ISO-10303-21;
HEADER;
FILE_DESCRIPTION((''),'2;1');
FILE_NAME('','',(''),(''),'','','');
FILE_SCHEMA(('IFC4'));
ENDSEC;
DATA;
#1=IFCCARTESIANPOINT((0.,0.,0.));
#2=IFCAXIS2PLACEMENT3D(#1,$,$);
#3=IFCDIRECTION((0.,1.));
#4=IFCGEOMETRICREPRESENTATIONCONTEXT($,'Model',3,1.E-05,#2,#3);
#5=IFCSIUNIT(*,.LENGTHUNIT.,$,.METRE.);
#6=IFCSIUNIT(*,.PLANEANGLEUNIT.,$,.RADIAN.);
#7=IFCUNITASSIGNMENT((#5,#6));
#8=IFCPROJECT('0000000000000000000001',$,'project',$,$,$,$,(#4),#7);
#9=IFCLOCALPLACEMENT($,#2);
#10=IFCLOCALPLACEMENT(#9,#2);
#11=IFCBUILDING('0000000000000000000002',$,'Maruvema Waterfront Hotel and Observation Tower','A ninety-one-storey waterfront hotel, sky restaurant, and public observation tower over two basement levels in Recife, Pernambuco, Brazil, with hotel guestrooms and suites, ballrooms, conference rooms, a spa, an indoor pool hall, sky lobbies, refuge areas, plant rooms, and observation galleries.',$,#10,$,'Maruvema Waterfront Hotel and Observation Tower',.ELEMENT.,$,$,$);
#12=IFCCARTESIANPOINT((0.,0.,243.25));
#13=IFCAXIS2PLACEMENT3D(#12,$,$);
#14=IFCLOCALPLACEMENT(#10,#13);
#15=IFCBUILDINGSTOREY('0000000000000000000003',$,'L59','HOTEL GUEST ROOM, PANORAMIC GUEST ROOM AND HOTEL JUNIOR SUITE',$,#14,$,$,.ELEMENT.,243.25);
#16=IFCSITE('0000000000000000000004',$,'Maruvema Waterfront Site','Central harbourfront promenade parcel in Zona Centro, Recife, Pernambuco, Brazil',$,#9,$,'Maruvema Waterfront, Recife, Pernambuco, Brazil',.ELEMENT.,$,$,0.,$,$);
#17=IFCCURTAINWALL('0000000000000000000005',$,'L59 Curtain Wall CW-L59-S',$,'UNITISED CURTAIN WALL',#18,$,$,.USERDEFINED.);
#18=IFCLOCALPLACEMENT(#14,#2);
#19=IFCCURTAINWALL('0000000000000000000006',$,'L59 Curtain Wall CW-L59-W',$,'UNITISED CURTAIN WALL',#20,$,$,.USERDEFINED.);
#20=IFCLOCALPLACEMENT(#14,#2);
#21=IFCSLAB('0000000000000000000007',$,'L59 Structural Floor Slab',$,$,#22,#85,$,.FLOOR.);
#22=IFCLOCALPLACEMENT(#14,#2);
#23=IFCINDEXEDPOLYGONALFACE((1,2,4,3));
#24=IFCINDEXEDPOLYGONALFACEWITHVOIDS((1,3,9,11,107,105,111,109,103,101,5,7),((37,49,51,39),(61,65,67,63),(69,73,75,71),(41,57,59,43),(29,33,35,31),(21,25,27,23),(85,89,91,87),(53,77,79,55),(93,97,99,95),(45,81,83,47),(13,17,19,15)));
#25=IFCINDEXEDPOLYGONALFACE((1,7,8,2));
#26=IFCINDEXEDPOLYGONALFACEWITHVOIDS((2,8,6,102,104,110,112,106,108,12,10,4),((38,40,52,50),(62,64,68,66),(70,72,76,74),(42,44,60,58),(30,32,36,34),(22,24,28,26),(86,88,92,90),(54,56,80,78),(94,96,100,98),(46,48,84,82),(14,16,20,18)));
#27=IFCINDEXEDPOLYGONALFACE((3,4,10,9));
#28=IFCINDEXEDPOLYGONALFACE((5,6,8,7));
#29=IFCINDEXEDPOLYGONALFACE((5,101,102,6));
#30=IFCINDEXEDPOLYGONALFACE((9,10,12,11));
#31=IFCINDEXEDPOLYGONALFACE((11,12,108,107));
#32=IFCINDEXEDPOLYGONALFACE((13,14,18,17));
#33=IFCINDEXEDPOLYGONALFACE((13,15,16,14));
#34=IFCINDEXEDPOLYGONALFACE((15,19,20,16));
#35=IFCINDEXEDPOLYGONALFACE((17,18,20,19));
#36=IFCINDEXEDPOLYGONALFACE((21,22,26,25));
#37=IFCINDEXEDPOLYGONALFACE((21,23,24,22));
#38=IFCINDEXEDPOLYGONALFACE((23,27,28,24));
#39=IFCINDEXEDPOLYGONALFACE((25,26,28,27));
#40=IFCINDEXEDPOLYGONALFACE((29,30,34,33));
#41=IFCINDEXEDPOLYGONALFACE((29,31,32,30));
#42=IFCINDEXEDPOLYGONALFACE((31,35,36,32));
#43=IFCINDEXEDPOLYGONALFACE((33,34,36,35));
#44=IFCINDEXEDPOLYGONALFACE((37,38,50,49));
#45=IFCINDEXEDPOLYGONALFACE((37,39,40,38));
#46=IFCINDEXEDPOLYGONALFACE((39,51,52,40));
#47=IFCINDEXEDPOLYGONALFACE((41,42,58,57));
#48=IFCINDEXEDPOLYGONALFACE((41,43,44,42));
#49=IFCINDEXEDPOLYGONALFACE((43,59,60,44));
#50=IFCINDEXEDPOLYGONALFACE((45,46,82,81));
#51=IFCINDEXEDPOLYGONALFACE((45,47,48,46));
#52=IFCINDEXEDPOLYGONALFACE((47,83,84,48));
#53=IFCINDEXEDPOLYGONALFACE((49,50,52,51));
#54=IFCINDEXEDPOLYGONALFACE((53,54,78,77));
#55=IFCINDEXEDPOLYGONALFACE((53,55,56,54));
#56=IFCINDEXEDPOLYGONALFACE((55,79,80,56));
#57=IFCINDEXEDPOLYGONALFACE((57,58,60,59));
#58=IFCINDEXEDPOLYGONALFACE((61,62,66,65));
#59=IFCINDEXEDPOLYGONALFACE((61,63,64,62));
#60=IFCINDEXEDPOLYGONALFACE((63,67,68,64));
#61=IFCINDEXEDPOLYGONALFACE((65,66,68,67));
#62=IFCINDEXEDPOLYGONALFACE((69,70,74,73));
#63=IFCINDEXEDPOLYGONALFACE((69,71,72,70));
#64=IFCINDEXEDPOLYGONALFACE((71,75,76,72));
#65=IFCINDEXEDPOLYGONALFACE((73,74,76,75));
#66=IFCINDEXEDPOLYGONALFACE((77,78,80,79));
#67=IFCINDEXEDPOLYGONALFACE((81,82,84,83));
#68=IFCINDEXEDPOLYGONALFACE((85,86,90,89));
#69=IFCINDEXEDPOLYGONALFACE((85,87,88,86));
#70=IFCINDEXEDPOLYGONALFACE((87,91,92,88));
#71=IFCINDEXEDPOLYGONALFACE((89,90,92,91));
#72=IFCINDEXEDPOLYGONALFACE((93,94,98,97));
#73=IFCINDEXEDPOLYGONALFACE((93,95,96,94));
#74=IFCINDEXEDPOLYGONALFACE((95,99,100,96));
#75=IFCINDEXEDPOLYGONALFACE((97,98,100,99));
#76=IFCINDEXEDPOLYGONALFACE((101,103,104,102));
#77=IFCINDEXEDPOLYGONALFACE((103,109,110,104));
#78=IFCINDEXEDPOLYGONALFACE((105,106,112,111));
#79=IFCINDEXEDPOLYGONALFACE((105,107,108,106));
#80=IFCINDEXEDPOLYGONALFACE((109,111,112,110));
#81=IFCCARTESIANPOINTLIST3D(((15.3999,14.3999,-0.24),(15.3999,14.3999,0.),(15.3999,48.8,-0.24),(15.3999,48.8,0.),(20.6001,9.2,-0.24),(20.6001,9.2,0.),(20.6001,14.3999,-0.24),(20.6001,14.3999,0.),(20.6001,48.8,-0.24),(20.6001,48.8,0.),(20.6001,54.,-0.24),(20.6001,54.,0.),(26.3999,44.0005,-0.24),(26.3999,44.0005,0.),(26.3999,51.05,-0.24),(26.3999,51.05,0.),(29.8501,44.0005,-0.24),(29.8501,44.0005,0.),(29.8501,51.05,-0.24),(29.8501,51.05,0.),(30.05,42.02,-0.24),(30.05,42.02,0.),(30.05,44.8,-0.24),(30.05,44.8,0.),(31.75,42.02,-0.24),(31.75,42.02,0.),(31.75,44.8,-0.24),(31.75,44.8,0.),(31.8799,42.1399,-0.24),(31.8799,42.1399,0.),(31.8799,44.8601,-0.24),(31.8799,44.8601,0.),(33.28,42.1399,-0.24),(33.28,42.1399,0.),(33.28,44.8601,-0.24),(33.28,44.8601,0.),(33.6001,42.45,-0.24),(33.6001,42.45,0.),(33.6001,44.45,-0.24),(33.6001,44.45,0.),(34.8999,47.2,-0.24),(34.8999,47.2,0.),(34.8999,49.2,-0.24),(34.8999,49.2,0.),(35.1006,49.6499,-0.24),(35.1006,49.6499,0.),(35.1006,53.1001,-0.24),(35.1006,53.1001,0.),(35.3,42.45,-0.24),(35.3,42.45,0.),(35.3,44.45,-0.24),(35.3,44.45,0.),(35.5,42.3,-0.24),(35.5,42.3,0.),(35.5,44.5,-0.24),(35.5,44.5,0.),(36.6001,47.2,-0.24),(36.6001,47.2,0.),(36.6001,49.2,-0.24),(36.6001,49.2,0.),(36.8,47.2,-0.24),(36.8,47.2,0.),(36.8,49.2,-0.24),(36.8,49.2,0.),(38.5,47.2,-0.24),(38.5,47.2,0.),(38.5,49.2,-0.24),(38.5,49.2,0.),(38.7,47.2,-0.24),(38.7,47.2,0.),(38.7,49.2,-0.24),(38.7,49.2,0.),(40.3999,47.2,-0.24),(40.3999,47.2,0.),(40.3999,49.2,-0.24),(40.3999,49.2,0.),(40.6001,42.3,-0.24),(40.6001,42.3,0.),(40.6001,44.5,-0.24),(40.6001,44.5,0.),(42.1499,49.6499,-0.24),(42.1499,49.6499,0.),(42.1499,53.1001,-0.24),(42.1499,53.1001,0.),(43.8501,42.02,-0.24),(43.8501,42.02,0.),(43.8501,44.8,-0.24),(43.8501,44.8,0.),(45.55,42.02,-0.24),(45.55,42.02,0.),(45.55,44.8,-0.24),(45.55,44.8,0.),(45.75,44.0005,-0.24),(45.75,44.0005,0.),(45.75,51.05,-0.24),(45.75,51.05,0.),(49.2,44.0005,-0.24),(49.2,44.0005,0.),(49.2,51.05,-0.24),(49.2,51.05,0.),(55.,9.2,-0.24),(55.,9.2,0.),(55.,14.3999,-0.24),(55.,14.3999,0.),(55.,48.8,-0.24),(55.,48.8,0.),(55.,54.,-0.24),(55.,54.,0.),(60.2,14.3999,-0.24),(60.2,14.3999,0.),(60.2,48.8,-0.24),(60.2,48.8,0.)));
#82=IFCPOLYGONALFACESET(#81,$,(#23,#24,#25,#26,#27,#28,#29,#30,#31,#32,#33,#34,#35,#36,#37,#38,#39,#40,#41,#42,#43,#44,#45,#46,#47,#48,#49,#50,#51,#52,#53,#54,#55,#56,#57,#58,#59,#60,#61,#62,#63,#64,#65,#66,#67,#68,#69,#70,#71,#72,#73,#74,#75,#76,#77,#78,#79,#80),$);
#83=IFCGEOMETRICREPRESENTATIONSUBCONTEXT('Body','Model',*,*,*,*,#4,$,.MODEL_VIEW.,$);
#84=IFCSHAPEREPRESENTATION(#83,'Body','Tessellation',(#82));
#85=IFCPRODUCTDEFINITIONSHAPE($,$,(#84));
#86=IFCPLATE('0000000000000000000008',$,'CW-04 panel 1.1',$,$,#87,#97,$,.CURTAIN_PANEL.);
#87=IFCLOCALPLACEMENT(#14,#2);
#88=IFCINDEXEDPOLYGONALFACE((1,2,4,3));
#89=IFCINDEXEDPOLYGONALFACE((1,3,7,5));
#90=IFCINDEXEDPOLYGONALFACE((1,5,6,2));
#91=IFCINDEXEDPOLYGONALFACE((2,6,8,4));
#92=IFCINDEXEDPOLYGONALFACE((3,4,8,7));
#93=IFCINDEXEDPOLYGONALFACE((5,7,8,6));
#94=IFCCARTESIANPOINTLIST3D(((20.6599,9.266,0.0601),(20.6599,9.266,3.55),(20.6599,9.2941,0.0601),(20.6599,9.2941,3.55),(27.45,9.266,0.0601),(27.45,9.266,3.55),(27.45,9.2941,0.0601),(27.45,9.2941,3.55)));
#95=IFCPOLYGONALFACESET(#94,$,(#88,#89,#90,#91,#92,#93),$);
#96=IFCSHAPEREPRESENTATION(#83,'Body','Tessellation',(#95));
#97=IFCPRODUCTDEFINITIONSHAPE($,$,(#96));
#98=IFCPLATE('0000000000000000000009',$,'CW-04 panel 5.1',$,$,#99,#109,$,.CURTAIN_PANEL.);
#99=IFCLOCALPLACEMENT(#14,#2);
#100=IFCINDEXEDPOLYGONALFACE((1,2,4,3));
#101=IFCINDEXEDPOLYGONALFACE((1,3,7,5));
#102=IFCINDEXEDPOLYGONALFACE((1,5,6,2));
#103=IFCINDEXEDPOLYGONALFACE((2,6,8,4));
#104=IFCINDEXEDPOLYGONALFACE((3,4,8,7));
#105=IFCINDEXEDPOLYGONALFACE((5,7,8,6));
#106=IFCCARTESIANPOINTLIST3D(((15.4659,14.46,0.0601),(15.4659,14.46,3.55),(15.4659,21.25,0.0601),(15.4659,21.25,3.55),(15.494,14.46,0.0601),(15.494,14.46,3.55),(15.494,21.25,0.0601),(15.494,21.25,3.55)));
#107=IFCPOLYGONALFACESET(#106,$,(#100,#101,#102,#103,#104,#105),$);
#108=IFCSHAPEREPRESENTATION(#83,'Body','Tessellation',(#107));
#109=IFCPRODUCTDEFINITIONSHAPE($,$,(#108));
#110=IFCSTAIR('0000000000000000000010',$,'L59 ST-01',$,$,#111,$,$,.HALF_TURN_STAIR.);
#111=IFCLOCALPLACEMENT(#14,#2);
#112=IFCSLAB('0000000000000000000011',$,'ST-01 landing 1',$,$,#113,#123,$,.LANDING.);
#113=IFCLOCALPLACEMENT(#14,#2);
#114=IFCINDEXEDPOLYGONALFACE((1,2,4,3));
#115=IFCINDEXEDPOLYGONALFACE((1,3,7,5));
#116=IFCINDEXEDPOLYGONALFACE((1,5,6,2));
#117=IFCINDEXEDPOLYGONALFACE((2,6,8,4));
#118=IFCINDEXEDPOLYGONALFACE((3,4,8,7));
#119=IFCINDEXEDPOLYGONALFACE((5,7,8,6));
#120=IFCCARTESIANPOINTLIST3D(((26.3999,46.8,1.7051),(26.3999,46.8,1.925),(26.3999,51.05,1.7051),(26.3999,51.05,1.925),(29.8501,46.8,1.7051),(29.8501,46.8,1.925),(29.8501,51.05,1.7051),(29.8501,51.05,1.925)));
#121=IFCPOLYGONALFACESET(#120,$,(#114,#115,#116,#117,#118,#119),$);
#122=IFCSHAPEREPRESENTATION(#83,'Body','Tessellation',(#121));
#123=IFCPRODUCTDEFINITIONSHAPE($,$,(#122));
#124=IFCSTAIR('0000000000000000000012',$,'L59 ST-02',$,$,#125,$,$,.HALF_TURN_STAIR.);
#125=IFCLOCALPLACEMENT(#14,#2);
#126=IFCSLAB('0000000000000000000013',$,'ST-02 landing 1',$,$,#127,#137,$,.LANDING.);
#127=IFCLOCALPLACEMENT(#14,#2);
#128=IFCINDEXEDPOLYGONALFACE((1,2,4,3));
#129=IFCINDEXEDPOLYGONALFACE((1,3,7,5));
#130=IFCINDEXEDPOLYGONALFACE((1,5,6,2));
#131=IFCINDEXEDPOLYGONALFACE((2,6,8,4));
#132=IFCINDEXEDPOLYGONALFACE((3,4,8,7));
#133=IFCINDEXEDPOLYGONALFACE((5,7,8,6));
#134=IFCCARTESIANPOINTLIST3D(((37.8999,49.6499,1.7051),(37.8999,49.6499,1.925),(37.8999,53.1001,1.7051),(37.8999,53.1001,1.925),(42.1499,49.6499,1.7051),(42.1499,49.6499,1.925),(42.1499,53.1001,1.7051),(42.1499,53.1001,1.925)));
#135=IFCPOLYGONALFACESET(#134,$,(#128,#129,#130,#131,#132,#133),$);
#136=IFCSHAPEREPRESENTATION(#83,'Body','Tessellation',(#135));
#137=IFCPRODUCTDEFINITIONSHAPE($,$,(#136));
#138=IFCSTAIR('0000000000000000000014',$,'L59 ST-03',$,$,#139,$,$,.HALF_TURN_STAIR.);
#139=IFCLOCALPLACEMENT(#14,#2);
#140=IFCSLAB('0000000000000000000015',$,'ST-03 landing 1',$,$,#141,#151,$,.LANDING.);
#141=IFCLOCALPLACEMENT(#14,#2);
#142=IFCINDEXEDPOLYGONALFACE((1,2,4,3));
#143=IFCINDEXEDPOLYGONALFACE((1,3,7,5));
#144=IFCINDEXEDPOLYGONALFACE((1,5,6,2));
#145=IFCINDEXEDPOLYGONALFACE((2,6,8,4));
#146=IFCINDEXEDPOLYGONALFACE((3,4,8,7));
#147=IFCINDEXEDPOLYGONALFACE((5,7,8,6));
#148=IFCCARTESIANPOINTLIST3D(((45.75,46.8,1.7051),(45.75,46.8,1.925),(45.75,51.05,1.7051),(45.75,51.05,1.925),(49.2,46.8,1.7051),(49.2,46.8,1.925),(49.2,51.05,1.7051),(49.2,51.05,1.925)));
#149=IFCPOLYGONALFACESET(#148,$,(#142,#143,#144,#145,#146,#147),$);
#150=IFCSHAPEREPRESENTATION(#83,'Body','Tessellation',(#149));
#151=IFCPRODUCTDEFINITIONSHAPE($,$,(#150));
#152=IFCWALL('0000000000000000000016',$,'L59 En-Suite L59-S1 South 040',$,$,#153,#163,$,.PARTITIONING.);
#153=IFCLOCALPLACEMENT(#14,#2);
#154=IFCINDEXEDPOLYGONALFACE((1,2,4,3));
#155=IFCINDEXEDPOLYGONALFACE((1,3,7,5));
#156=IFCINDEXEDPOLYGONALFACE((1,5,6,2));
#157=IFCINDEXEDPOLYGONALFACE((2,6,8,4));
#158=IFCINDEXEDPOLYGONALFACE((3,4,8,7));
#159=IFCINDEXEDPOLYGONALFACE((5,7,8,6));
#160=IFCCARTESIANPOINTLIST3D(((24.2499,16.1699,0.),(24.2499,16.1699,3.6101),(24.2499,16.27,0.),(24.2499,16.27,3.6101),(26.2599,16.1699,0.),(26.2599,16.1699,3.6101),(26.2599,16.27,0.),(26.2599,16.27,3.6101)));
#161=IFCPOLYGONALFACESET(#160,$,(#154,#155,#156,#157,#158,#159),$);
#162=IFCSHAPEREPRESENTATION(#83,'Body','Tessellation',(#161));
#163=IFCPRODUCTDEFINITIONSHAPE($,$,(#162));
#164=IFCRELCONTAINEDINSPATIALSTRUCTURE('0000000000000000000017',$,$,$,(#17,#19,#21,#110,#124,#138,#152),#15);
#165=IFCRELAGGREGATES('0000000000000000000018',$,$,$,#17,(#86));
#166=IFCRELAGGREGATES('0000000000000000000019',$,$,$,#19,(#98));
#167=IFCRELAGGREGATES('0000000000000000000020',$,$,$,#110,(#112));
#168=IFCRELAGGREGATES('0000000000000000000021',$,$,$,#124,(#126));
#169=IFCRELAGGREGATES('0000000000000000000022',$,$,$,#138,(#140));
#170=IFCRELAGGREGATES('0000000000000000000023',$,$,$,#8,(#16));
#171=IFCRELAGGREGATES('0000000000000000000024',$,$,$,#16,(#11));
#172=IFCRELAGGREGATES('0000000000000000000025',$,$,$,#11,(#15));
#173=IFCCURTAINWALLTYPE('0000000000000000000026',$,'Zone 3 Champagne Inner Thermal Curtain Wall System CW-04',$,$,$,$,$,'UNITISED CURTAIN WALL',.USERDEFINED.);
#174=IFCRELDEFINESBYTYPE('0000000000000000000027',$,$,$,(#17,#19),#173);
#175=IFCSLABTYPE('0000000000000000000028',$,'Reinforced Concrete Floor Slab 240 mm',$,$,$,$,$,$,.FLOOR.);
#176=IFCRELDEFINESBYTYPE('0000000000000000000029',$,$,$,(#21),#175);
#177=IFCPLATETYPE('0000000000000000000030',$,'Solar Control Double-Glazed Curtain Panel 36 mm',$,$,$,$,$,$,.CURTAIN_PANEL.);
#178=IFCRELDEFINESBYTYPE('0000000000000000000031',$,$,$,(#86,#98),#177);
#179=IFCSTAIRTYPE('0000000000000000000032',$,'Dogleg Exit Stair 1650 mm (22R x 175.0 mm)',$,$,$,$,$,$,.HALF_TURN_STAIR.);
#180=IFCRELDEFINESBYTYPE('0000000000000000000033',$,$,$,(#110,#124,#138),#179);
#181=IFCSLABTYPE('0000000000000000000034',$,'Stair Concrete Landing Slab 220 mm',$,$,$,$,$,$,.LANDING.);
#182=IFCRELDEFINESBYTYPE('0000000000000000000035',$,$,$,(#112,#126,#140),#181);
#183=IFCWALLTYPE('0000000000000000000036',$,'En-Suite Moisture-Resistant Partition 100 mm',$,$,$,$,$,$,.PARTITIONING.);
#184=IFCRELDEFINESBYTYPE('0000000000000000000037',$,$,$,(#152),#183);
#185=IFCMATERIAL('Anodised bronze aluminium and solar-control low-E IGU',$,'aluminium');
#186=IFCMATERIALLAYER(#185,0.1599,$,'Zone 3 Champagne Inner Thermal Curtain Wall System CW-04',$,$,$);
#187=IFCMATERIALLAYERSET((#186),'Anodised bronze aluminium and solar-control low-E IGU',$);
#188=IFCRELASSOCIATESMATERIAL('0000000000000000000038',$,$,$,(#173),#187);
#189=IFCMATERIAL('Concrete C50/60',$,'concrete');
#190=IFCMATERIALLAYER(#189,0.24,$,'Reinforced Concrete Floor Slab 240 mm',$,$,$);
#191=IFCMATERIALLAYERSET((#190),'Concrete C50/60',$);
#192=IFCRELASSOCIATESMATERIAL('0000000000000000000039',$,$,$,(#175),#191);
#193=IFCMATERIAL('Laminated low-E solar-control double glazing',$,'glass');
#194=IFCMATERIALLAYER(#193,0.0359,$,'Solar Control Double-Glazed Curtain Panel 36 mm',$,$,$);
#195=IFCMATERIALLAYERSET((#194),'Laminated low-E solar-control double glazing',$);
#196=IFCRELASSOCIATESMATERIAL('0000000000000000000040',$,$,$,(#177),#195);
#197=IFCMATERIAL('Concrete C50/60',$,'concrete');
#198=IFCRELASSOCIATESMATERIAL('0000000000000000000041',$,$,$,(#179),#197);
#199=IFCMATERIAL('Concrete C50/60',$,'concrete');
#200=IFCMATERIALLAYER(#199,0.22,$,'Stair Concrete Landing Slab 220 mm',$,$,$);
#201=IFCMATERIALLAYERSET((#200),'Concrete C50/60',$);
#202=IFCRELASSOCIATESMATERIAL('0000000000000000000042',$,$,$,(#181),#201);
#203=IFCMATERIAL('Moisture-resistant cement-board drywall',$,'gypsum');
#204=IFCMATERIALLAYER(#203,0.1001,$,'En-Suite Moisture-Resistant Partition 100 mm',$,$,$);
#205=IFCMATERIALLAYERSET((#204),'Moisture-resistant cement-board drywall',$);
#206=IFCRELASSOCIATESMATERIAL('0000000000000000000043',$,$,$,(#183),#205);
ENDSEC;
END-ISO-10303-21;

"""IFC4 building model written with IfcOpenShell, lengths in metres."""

from ifc_helpers import new_model, si_unit, direction, frame, frame_2d, origin, origin_2d, place, context, subcontext, project, spatial, polyline, rectangle, outline, extrude, material, layer, layer_set, type_object, element, aggregate, save


model = new_model("IFC4")

# Units and contexts
model_context = context("Model", 3, precision=1e-05, world=origin(), true_north=direction((0.0, 1.0)))
body_context = subcontext(model_context, "Body", "Model", "MODEL_VIEW")
ifc_project = project(units=[si_unit("LENGTHUNIT", "METRE"), si_unit("PLANEANGLEUNIT", "RADIAN")], contexts=[model_context])

# Site, building, storey
site_placement = place(None, origin())
site = spatial("IfcSite", under=ifc_project, at=site_placement, Name="Maruvema Waterfront Site", Description="Central harbourfront promenade parcel in Zona Centro, Recife, Pernambuco, Brazil", LongName="Maruvema Waterfront, Recife, Pernambuco, Brazil", CompositionType="ELEMENT", RefElevation=0.0)
building_placement = place(site_placement, origin())
building = spatial("IfcBuilding", under=site, at=building_placement, Name="Maruvema Waterfront Hotel and Observation Tower", Description="A ninety-one-storey waterfront hotel, sky restaurant, and public observation tower over two basement levels in Recife, Pernambuco, Brazil, with hotel guestrooms and suites, ballrooms, conference rooms, a spa, an indoor pool hall, sky lobbies, refuge areas, plant rooms, and observation galleries.", LongName="Maruvema Waterfront Hotel and Observation Tower", CompositionType="ELEMENT")
storey_placement = place(building_placement, frame((0.0, 0.0, 243.25)))
storey = spatial("IfcBuildingStorey", under=building, at=storey_placement, Name="L59", Description="HOTEL GUEST ROOM, PANORAMIC GUEST ROOM AND HOTEL JUNIOR SUITE", CompositionType="ELEMENT", Elevation=243.25)

# Curtain wall
ifc_material_1 = material(Name="Anodised bronze aluminium and solar-control low-E IGU", Category="aluminium")
ifc_layer_1 = layer(ifc_material_1, 0.1599, Name="Zone 3 Champagne Inner Thermal Curtain Wall System CW-04")
ifc_layer_set_1 = layer_set([ifc_layer_1], Name="Anodised bronze aluminium and solar-control low-E IGU")
curtain_wall_type = type_object("IfcCurtainWallType", Name="Zone 3 Champagne Inner Thermal Curtain Wall System CW-04", ElementType="UNITISED CURTAIN WALL", PredefinedType="USERDEFINED", material=ifc_layer_set_1)
curtain_wall_1_placement = place(storey_placement, origin())
curtain_wall_1 = element("IfcCurtainWall", 1, at=curtain_wall_1_placement, inside=storey, type_object=curtain_wall_type, Name="L59 Curtain Wall CW-L59-S", ObjectType="UNITISED CURTAIN WALL", PredefinedType="USERDEFINED")

# Curtain wall
curtain_wall_2_placement = place(storey_placement, origin())
curtain_wall_2 = element("IfcCurtainWall", 2, at=curtain_wall_2_placement, inside=storey, type_object=curtain_wall_type, Name="L59 Curtain Wall CW-L59-W", ObjectType="UNITISED CURTAIN WALL", PredefinedType="USERDEFINED")

# Slab
ifc_material_2 = material(Name="Concrete C50/60", Category="concrete")
ifc_layer_2 = layer(ifc_material_2, 0.24, Name="Reinforced Concrete Floor Slab 240 mm")
ifc_layer_set_2 = layer_set([ifc_layer_2], Name="Concrete C50/60")
slab_type_1 = type_object("IfcSlabType", Name="Reinforced Concrete Floor Slab 240 mm", PredefinedType="FLOOR", material=ifc_layer_set_2)
slab_1_placement = place(storey_placement, frame((0.0, 0.0, -0.24)))
element("IfcSlab", 3, at=slab_1_placement, inside=storey, type_object=slab_type_1, Name="L59 Structural Floor Slab", PredefinedType="FLOOR", context=body_context, shape_type="SweptSolid", body=[
    extrude(outline(polyline([(20.6001, 9.2), (55.0, 9.2), (55.0, 14.3999), (60.2, 14.3999), (60.2, 48.8), (55.0, 48.8), (55.0, 54.0), (20.6001, 54.0), (20.6001, 48.8), (15.3999, 48.8), (15.3999, 14.3999), (20.6001, 14.3999), (20.6001, 9.2)]), holes=[polyline([(26.3999, 44.0005), (26.3999, 51.05), (29.8501, 51.05), (29.8501, 44.0005), (26.3999, 44.0005)]), polyline([(30.05, 44.8), (31.75, 44.8), (31.75, 42.02), (30.05, 42.02), (30.05, 44.8)]), polyline([(31.8799, 42.1399), (31.8799, 44.8601), (33.28, 44.8601), (33.28, 42.1399), (31.8799, 42.1399)]), polyline([(33.6001, 44.45), (35.3, 44.45), (35.3, 42.45), (33.6001, 42.45), (33.6001, 44.45)]), polyline([(34.8999, 49.2), (36.6001, 49.2), (36.6001, 47.2), (34.8999, 47.2), (34.8999, 49.2)]), polyline([(36.8, 47.2), (36.8, 49.2), (38.5, 49.2), (38.5, 47.2), (36.8, 47.2)]), polyline([(35.5, 42.3), (35.5, 44.5), (40.6001, 44.5), (40.6001, 42.3), (35.5, 42.3)]), polyline([(35.1006, 53.1001), (42.1499, 53.1001), (42.1499, 49.6499), (35.1006, 49.6499), (35.1006, 53.1001)]), polyline([(38.7, 49.2), (40.3999, 49.2), (40.3999, 47.2), (38.7, 47.2), (38.7, 49.2)]), polyline([(43.8501, 44.8), (45.55, 44.8), (45.55, 42.02), (43.8501, 42.02), (43.8501, 44.8)]), polyline([(45.75, 44.0005), (45.75, 51.05), (49.2, 51.05), (49.2, 44.0005), (45.75, 44.0005)])]), origin(), (0.0, 0.0, 1.0), 0.24),
])

# Plates
ifc_material_3 = material(Name="Laminated low-E solar-control double glazing", Category="glass")
ifc_layer_3 = layer(ifc_material_3, 0.0359, Name="Solar Control Double-Glazed Curtain Panel 36 mm")
ifc_layer_set_3 = layer_set([ifc_layer_3], Name="Laminated low-E solar-control double glazing")
plate_type = type_object("IfcPlateType", Name="Solar Control Double-Glazed Curtain Panel 36 mm", PredefinedType="CURTAIN_PANEL", material=ifc_layer_set_3)
plate_1_placement = place(storey_placement, frame((24.0549, 9.28, 0.0601), z_axis=(0.0, 0.0, 1.0), x_axis=(1.0, 0.0, 0.0)))
plate_1 = element("IfcPlate", 4, at=plate_1_placement, type_object=plate_type, Name="CW-04 panel 1.1", PredefinedType="CURTAIN_PANEL", context=body_context, shape_type="SweptSolid", body=[
    extrude(rectangle(XDim=6.79, YDim=0.0281, at=origin_2d()), origin(), (0.0, 0.0, 1.0), 3.49),
])
aggregate(curtain_wall_1, [plate_1])
plate_2_placement = place(storey_placement, frame((15.48, 17.855, 0.0601), z_axis=(0.0, 0.0, 1.0), x_axis=(0.0, -1.0, 0.0)))
plate_2 = element("IfcPlate", 5, at=plate_2_placement, type_object=plate_type, Name="CW-04 panel 5.1", PredefinedType="CURTAIN_PANEL", context=body_context, shape_type="SweptSolid", body=[
    extrude(rectangle(XDim=6.79, YDim=0.0281, at=origin_2d()), origin(), (0.0, 0.0, 1.0), 3.49),
])
aggregate(curtain_wall_2, [plate_2])

# Stairs, slabs
ifc_material_4 = material(Name="Concrete C50/60", Category="concrete")
stair_type = type_object("IfcStairType", Name="Dogleg Exit Stair 1650 mm (22R x 175.0 mm)", PredefinedType="HALF_TURN_STAIR", material=ifc_material_4)
stair_1_placement = place(storey_placement, origin())
stair_1 = element("IfcStair", 6, at=stair_1_placement, inside=storey, type_object=stair_type, Name="L59 ST-01", PredefinedType="HALF_TURN_STAIR")
ifc_material_5 = material(Name="Concrete C50/60", Category="concrete")
ifc_layer_4 = layer(ifc_material_5, 0.22, Name="Stair Concrete Landing Slab 220 mm")
ifc_layer_set_4 = layer_set([ifc_layer_4], Name="Concrete C50/60")
slab_type_2 = type_object("IfcSlabType", Name="Stair Concrete Landing Slab 220 mm", PredefinedType="LANDING", material=ifc_layer_set_4)
slab_2_placement = place(storey_placement, frame((0.0, 0.0, 1.7051)))
slab_2 = element("IfcSlab", 7, at=slab_2_placement, type_object=slab_type_2, Name="ST-01 landing 1", PredefinedType="LANDING", context=body_context, shape_type="SweptSolid", body=[
    extrude(outline(polyline([(29.8501, 46.8), (29.8501, 51.05), (26.3999, 51.05), (26.3999, 46.8), (29.8501, 46.8)])), origin(), (0.0, 0.0, 1.0), 0.22),
])
aggregate(stair_1, [slab_2])
stair_2_placement = place(storey_placement, origin())
stair_2 = element("IfcStair", 8, at=stair_2_placement, inside=storey, type_object=stair_type, Name="L59 ST-02", PredefinedType="HALF_TURN_STAIR")
slab_3_placement = place(storey_placement, frame((0.0, 0.0, 1.7051)))
slab_3 = element("IfcSlab", 9, at=slab_3_placement, type_object=slab_type_2, Name="ST-02 landing 1", PredefinedType="LANDING", context=body_context, shape_type="SweptSolid", body=[
    extrude(outline(polyline([(37.8999, 49.6499), (42.1499, 49.6499), (42.1499, 53.1001), (37.8999, 53.1001), (37.8999, 49.6499)])), origin(), (0.0, 0.0, 1.0), 0.22),
])
aggregate(stair_2, [slab_3])
stair_3_placement = place(storey_placement, origin())
stair_3 = element("IfcStair", 10, at=stair_3_placement, inside=storey, type_object=stair_type, Name="L59 ST-03", PredefinedType="HALF_TURN_STAIR")
slab_4_placement = place(storey_placement, frame((0.0, 0.0, 1.7051)))
slab_4 = element("IfcSlab", 11, at=slab_4_placement, type_object=slab_type_2, Name="ST-03 landing 1", PredefinedType="LANDING", context=body_context, shape_type="SweptSolid", body=[
    extrude(outline(polyline([(49.2, 46.8), (49.2, 51.05), (45.75, 51.05), (45.75, 46.8), (49.2, 46.8)])), origin(), (0.0, 0.0, 1.0), 0.22),
])
aggregate(stair_3, [slab_4])

# Wall
ifc_material_6 = material(Name="Moisture-resistant cement-board drywall", Category="gypsum")
ifc_layer_5 = layer(ifc_material_6, 0.1001, Name="En-Suite Moisture-Resistant Partition 100 mm")
ifc_layer_set_5 = layer_set([ifc_layer_5], Name="Moisture-resistant cement-board drywall")
wall_type_1 = type_object("IfcWallType", Name="En-Suite Moisture-Resistant Partition 100 mm", PredefinedType="PARTITIONING", material=ifc_layer_set_5)
wall_1_placement = place(storey_placement, frame((24.25, 16.22, 0.0), z_axis=(0.0, 0.0, 1.0), x_axis=(1.0, 0.0, 0.0)))
element("IfcWall", 12, at=wall_1_placement, inside=storey, type_object=wall_type_1, Name="L59 En-Suite L59-S1 South 040", PredefinedType="PARTITIONING", context=body_context, shape_type="SweptSolid", body=[
    extrude(rectangle(XDim=2.01, YDim=0.1001, at=frame_2d((1.0049, 0.0))), origin(), (0.0, 0.0, 1.0), 3.6101),
])

save(model, "model.ifc")
